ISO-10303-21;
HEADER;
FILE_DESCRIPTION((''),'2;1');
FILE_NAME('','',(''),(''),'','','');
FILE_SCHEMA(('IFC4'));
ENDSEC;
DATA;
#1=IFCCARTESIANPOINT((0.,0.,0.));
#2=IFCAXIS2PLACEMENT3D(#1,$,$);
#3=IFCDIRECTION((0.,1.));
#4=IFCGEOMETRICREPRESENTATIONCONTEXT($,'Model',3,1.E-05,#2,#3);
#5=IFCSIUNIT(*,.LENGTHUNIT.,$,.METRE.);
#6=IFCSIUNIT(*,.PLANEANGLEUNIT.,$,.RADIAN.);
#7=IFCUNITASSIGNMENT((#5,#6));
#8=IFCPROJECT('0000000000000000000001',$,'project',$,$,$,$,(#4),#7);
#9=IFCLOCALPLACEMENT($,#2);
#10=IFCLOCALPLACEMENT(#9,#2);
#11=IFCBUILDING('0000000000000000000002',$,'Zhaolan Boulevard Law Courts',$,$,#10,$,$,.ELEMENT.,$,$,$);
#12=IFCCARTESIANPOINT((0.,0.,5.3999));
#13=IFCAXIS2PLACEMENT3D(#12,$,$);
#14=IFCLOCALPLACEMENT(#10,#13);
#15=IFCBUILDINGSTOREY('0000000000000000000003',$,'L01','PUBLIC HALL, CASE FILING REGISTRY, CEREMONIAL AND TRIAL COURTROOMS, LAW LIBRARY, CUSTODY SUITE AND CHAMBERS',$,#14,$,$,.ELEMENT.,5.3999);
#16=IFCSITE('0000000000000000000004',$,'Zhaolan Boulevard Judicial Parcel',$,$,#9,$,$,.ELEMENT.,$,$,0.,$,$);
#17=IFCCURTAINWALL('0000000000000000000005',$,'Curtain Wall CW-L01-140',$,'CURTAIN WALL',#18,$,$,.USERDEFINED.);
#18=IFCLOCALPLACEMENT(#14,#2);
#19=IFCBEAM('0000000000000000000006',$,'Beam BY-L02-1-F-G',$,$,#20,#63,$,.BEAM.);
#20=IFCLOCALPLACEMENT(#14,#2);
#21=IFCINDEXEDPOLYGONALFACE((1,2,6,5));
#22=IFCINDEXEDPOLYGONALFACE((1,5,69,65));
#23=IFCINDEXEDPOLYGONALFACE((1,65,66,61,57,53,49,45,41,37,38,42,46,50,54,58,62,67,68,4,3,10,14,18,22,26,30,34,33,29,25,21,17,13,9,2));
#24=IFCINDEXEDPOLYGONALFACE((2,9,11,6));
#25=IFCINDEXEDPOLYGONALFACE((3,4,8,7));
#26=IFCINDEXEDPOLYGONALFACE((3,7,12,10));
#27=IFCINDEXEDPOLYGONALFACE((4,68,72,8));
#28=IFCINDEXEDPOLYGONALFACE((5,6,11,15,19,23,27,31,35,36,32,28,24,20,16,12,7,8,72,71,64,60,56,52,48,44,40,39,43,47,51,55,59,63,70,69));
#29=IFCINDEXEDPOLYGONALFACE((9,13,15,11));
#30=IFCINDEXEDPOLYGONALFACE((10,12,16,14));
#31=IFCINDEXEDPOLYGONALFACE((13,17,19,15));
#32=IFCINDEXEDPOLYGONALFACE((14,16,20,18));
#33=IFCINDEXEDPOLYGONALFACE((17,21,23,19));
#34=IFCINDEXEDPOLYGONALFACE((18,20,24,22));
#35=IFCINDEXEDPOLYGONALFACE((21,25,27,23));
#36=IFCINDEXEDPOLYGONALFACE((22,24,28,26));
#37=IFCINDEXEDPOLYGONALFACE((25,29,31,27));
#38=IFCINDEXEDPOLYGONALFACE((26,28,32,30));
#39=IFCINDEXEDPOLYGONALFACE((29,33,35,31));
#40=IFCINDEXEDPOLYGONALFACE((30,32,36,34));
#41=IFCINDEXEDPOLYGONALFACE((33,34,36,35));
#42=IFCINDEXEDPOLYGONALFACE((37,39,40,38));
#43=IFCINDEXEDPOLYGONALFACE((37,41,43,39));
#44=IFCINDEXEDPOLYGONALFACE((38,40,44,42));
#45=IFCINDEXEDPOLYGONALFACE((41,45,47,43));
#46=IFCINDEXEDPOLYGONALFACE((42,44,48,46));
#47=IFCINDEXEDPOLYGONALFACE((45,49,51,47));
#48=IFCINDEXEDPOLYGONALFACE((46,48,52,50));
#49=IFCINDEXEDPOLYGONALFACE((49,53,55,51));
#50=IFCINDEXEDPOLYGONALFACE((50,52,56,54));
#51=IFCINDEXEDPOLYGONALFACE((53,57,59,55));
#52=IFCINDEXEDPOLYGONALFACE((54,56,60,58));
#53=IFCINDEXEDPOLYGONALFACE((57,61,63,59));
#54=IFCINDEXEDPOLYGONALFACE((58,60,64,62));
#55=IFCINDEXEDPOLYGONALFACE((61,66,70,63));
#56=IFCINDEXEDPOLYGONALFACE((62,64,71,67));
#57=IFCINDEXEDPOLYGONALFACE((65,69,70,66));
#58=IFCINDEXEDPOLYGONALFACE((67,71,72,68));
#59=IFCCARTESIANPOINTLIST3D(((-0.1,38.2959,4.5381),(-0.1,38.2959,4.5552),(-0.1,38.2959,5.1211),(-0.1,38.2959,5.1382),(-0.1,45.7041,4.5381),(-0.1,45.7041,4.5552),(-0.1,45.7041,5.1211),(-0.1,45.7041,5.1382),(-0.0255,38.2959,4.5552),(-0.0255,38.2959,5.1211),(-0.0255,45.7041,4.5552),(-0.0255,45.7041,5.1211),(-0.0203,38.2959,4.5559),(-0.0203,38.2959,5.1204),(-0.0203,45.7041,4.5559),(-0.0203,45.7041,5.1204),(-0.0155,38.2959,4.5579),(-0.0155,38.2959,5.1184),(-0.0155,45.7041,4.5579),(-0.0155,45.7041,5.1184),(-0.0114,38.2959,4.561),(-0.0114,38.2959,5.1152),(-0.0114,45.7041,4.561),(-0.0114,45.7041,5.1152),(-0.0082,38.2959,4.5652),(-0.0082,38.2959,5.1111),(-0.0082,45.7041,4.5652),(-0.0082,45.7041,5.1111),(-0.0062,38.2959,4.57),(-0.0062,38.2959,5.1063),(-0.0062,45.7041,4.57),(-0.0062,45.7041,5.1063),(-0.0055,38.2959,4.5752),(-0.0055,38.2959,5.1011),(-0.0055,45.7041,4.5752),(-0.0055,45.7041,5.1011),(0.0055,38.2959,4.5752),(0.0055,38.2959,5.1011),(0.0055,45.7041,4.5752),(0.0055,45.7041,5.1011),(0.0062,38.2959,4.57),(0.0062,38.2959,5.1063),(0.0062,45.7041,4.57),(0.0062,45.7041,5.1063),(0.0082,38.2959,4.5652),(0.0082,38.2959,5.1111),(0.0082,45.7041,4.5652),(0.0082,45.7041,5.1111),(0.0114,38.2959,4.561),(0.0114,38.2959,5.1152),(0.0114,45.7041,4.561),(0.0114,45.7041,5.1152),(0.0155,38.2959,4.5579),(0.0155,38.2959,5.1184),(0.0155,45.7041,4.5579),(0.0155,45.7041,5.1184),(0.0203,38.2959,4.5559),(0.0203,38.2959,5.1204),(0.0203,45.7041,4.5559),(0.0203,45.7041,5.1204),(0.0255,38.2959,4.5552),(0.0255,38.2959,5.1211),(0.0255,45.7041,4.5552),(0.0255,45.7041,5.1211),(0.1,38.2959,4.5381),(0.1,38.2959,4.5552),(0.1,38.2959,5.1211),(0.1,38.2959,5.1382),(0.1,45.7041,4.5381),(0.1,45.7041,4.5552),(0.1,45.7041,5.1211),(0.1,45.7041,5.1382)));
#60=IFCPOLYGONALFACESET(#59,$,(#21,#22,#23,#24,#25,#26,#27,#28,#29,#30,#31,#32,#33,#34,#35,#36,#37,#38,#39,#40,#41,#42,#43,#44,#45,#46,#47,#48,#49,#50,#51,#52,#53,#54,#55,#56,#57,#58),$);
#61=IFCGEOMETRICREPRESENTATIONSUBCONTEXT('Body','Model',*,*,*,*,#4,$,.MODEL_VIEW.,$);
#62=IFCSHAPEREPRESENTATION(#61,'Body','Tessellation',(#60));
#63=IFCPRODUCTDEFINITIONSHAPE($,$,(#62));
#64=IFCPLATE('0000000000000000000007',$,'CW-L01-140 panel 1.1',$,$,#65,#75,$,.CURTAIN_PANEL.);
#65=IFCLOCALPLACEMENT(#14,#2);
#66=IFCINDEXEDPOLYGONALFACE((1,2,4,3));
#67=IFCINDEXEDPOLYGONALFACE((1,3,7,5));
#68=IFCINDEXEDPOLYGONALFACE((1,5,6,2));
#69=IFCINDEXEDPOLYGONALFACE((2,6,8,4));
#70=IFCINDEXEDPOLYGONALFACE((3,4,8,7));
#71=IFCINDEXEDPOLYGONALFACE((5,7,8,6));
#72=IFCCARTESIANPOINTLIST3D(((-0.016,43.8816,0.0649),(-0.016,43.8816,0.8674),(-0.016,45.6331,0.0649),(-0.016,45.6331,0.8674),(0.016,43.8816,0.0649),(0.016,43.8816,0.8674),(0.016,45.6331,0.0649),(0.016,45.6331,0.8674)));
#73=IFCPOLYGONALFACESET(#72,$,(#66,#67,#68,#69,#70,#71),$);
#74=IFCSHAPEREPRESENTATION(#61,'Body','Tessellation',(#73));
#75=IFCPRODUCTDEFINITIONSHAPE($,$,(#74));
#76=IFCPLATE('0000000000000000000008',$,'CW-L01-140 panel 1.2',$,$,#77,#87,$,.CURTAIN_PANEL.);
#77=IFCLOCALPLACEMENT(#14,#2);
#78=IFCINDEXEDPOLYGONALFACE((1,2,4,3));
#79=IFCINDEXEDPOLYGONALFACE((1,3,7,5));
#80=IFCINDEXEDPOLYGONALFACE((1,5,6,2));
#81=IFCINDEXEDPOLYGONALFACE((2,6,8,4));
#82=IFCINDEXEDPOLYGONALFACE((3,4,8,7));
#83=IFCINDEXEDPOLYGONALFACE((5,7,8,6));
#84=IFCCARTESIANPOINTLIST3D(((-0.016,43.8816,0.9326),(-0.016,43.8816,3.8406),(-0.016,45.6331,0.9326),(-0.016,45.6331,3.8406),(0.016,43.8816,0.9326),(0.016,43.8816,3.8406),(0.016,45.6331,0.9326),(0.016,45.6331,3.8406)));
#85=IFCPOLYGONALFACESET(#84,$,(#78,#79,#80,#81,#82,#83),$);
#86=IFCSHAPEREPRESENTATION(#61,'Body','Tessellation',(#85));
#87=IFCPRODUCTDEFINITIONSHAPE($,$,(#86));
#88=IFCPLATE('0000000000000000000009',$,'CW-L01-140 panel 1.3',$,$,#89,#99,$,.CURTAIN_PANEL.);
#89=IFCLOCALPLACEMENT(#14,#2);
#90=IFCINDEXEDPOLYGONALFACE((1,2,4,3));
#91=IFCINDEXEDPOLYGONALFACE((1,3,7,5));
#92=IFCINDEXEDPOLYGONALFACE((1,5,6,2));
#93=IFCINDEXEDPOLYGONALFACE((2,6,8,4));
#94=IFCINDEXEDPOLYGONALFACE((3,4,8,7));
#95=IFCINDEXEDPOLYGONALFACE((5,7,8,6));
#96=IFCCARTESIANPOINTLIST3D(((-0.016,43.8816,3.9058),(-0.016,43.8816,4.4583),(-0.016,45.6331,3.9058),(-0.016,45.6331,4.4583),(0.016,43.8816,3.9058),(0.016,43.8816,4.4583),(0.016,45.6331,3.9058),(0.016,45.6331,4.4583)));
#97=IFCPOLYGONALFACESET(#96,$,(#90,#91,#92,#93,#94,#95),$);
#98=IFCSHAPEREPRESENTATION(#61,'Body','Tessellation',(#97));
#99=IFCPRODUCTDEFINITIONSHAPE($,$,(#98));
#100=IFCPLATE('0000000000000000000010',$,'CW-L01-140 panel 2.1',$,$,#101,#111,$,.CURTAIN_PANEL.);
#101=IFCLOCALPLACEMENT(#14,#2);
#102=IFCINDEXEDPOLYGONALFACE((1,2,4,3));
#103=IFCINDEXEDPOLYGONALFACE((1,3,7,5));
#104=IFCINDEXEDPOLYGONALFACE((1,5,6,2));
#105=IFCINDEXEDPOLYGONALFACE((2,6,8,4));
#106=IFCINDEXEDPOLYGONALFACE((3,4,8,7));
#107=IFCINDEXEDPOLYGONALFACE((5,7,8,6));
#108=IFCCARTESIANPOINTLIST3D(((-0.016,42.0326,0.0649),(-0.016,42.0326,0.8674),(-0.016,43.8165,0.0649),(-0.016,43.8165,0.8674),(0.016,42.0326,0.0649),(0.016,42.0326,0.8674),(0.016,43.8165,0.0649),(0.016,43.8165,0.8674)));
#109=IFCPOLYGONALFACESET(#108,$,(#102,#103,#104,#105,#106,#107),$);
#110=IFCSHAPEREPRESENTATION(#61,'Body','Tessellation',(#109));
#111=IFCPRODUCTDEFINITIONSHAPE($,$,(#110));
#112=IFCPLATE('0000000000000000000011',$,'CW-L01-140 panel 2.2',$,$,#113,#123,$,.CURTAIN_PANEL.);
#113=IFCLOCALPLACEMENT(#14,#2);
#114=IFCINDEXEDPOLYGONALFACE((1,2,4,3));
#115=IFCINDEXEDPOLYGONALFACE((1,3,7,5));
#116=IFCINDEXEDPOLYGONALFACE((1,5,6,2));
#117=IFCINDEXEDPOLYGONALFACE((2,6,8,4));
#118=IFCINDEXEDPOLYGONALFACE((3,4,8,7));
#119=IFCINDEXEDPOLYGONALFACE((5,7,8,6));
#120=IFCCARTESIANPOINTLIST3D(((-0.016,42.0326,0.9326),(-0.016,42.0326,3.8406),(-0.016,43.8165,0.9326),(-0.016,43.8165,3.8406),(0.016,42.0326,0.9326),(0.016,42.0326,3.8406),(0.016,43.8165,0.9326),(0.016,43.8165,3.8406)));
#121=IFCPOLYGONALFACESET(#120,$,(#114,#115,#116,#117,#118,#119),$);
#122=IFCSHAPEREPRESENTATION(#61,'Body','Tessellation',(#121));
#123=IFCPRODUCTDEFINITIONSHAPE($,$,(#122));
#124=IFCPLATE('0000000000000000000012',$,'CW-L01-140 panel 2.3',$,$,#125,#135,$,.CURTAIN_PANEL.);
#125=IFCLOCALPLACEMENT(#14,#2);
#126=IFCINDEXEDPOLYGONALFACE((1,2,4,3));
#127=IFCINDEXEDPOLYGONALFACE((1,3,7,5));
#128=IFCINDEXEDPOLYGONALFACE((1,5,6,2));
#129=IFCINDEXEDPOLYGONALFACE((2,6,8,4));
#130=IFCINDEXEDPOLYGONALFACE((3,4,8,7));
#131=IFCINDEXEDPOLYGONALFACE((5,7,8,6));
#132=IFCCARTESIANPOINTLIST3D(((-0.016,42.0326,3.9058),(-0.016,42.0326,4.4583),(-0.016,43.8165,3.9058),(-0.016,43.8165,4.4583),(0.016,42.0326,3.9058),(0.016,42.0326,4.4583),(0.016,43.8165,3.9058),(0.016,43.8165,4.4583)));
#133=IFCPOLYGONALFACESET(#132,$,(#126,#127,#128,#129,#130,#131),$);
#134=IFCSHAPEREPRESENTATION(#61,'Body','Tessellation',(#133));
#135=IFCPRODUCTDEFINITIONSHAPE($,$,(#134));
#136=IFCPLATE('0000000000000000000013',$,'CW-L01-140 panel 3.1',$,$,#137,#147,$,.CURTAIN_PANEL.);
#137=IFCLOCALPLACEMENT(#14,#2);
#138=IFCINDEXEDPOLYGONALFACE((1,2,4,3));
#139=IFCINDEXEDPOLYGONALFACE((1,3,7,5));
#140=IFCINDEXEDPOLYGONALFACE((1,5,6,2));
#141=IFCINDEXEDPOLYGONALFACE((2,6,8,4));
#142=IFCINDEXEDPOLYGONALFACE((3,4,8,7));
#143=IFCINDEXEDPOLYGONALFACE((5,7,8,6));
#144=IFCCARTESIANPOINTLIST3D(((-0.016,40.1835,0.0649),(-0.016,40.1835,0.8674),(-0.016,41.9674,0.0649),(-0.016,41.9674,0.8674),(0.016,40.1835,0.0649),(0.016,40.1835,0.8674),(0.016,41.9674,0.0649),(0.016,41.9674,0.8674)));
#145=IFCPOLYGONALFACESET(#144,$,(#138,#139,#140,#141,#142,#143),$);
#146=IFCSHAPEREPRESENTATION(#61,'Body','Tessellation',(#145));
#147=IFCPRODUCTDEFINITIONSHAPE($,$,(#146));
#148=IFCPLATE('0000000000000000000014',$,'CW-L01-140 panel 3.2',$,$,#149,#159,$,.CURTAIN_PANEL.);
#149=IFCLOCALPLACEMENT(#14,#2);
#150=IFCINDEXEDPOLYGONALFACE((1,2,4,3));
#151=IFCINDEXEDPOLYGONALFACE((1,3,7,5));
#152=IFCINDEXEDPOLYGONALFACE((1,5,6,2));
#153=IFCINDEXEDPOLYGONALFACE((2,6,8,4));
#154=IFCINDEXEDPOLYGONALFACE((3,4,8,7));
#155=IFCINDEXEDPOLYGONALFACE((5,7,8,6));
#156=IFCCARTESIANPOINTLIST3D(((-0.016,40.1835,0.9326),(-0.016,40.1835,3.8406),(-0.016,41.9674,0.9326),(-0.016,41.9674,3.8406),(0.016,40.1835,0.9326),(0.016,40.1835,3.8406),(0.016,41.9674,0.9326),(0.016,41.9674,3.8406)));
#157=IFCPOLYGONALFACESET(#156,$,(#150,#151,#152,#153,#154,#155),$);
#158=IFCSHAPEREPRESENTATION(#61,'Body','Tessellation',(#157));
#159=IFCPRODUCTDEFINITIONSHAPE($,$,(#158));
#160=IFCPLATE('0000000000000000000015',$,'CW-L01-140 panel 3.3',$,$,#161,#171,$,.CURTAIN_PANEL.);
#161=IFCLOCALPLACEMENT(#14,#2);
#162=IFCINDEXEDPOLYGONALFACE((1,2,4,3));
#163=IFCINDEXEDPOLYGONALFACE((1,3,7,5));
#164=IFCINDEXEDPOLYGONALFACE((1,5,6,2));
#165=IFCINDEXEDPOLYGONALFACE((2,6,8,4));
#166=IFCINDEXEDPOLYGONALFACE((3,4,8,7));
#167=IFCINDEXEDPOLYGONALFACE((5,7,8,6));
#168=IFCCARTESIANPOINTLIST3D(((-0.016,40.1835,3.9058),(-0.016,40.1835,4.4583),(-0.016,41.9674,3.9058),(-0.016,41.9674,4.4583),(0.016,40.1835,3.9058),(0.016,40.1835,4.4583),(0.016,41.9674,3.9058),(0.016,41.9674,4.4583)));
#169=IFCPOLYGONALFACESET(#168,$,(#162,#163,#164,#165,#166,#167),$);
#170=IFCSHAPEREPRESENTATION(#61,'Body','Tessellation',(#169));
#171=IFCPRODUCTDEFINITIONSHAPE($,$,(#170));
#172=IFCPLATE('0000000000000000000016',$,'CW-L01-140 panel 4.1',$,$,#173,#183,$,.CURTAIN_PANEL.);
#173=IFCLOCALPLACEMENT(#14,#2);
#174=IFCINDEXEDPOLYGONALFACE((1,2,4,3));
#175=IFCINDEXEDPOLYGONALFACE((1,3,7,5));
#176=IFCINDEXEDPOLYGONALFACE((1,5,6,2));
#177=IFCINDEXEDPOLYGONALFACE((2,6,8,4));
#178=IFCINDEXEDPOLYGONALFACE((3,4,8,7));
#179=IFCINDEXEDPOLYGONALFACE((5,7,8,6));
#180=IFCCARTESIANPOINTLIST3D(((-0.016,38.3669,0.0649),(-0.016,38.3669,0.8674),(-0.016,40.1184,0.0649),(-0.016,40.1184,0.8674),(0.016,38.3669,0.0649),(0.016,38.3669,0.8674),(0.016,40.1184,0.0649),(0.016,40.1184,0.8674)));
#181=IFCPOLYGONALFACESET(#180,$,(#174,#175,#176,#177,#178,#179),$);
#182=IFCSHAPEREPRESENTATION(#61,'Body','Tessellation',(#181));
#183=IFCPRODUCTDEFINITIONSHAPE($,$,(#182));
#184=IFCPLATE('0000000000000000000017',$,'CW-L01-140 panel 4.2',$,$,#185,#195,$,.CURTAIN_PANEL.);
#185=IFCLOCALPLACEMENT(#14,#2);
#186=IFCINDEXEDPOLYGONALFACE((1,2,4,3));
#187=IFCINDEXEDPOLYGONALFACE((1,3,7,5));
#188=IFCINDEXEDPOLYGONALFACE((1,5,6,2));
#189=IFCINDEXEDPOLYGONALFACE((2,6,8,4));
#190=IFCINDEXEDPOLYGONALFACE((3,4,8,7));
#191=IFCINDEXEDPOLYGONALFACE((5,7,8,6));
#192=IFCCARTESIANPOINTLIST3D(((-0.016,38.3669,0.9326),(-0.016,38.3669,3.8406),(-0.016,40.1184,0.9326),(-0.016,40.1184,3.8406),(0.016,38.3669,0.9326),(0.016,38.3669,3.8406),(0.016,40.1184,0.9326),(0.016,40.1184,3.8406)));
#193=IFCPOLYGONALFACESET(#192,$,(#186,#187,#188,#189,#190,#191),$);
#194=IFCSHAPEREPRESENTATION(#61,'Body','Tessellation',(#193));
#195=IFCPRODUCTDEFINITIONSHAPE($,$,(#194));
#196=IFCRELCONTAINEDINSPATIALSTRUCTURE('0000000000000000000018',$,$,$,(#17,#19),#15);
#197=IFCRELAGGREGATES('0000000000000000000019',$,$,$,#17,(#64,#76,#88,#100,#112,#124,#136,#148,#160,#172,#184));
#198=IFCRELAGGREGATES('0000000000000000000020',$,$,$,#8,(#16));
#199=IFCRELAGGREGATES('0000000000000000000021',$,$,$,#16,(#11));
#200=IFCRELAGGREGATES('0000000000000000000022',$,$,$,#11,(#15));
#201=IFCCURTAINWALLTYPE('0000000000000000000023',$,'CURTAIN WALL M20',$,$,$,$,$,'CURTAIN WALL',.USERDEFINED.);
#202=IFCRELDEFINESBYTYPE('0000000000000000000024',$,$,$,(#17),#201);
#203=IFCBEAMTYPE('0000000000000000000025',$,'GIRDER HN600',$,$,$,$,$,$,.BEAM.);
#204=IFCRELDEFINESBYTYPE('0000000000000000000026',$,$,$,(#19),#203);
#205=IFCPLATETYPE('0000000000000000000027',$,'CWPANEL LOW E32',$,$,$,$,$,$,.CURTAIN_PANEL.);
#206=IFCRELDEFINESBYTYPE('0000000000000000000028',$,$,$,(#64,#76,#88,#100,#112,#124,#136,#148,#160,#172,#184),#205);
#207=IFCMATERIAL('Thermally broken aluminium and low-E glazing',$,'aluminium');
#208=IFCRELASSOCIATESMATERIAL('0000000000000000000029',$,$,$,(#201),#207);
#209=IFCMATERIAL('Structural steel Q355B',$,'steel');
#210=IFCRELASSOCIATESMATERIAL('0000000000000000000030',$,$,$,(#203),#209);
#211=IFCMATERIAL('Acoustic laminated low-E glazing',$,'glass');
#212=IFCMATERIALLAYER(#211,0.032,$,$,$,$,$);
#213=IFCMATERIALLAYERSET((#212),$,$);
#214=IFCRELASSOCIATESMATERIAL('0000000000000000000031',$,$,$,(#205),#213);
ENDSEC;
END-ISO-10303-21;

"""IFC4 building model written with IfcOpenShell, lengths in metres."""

from ifc_helpers import new_model, si_unit, direction, frame, origin, origin_2d, place, context, subcontext, project, spatial, rectangle, i_section, extrude, material, layer, layer_set, material_profile, profile_set, type_object, element, aggregate, save


model = new_model("IFC4")

# Units and contexts
model_context = context("Model", 3, precision=1e-05, world=origin(), true_north=direction((0.0, 1.0)))
body_context = subcontext(model_context, "Body", "Model", "MODEL_VIEW")
ifc_project = project(units=[si_unit("LENGTHUNIT", "METRE"), si_unit("PLANEANGLEUNIT", "RADIAN")], contexts=[model_context])

# Site, building, storey
site_placement = place(None, origin())
site = spatial("IfcSite", under=ifc_project, at=site_placement, Name="Zhaolan Boulevard Judicial Parcel", CompositionType="ELEMENT", RefElevation=0.0)
building_placement = place(site_placement, origin())
building = spatial("IfcBuilding", under=site, at=building_placement, Name="Zhaolan Boulevard Law Courts", CompositionType="ELEMENT")
storey_placement = place(building_placement, frame((0.0, 0.0, 5.3999)))
storey = spatial("IfcBuildingStorey", under=building, at=storey_placement, Name="L01", Description="PUBLIC HALL, CASE FILING REGISTRY, CEREMONIAL AND TRIAL COURTROOMS, LAW LIBRARY, CUSTODY SUITE AND CHAMBERS", CompositionType="ELEMENT", Elevation=5.3999)

# Curtain wall
ifc_material_1 = material(Name="Thermally broken aluminium and low-E glazing", Category="aluminium")
curtain_wall_type_1 = type_object("IfcCurtainWallType", Name="CURTAIN WALL M20", ElementType="CURTAIN WALL", PredefinedType="USERDEFINED", material=ifc_material_1)
curtain_wall_1_placement = place(storey_placement, origin())
curtain_wall_1 = element("IfcCurtainWall", 1, at=curtain_wall_1_placement, inside=storey, type_object=curtain_wall_type_1, Name="Curtain Wall CW-L01-140", ObjectType="CURTAIN WALL", PredefinedType="USERDEFINED")

# Beam
ifc_material_2 = material(Name="Structural steel Q355B", Category="steel")
ifc_material_profile_1 = material_profile(ifc_material_2, i_section(OverallWidth=0.2, OverallDepth=0.6001, WebThickness=0.011, FlangeThickness=0.0171, FilletRadius=0.02, at=origin_2d()), Name="HN600x200")
ifc_profile_set_1 = profile_set([ifc_material_profile_1], Name="Structural steel Q355B")
beam_type = type_object("IfcBeamType", Name="GIRDER HN600", PredefinedType="BEAM", material=ifc_profile_set_1)
beam_placement = place(storey_placement, frame((0.0, 38.2959, 4.8381), z_axis=(0.0, 1.0, 0.0), x_axis=(-1.0, 0.0, 0.0)))
element("IfcBeam", 2, at=beam_placement, inside=storey, type_object=beam_type, Name="Beam BY-L02-1-F-G", PredefinedType="BEAM", context=body_context, shape_type="SweptSolid", body=[
    extrude(i_section(OverallWidth=0.2, OverallDepth=0.6001, WebThickness=0.011, FlangeThickness=0.0171, FilletRadius=0.02, at=origin_2d()), origin(), (0.0, 0.0, 1.0), 7.4082),
])

# Plates
ifc_material_3 = material(Name="Acoustic laminated low-E glazing", Category="glass")
ifc_layer_1 = layer(ifc_material_3, 0.032)
ifc_layer_set_1 = layer_set([ifc_layer_1])
plate_type_1 = type_object("IfcPlateType", Name="CWPANEL LOW E32", PredefinedType="CURTAIN_PANEL", material=ifc_layer_set_1)
plate_1_placement = place(storey_placement, frame((0.0, 44.7573, 0.0649), z_axis=(0.0, 0.0, 1.0), x_axis=(0.0, -1.0, 0.0)))
plate_1 = element("IfcPlate", 3, at=plate_1_placement, type_object=plate_type_1, Name="CW-L01-140 panel 1.1", PredefinedType="CURTAIN_PANEL", context=body_context, shape_type="SweptSolid", body=[
    extrude(rectangle(XDim=1.7515, YDim=0.032, at=origin_2d()), origin(), (0.0, 0.0, 1.0), 0.8025),
])
plate_2_placement = place(storey_placement, frame((0.0, 44.7573, 0.9326), z_axis=(0.0, 0.0, 1.0), x_axis=(0.0, -1.0, 0.0)))
plate_2 = element("IfcPlate", 4, at=plate_2_placement, type_object=plate_type_1, Name="CW-L01-140 panel 1.2", PredefinedType="CURTAIN_PANEL", context=body_context, shape_type="SweptSolid", body=[
    extrude(rectangle(XDim=1.7515, YDim=0.032, at=origin_2d()), origin(), (0.0, 0.0, 1.0), 2.908),
])
plate_3_placement = place(storey_placement, frame((0.0, 44.7573, 3.9058), z_axis=(0.0, 0.0, 1.0), x_axis=(0.0, -1.0, 0.0)))
plate_3 = element("IfcPlate", 5, at=plate_3_placement, type_object=plate_type_1, Name="CW-L01-140 panel 1.3", PredefinedType="CURTAIN_PANEL", context=body_context, shape_type="SweptSolid", body=[
    extrude(rectangle(XDim=1.7515, YDim=0.032, at=origin_2d()), origin(), (0.0, 0.0, 1.0), 0.5525),
])
plate_4_placement = place(storey_placement, frame((0.0, 42.9246, 0.0649), z_axis=(0.0, 0.0, 1.0), x_axis=(0.0, -1.0, 0.0)))
plate_4 = element("IfcPlate", 6, at=plate_4_placement, type_object=plate_type_1, Name="CW-L01-140 panel 2.1", PredefinedType="CURTAIN_PANEL", context=body_context, shape_type="SweptSolid", body=[
    extrude(rectangle(XDim=1.7839, YDim=0.032, at=origin_2d()), origin(), (0.0, 0.0, 1.0), 0.8025),
])
plate_5_placement = place(storey_placement, frame((0.0, 42.9246, 0.9326), z_axis=(0.0, 0.0, 1.0), x_axis=(0.0, -1.0, 0.0)))
plate_5 = element("IfcPlate", 7, at=plate_5_placement, type_object=plate_type_1, Name="CW-L01-140 panel 2.2", PredefinedType="CURTAIN_PANEL", context=body_context, shape_type="SweptSolid", body=[
    extrude(rectangle(XDim=1.7839, YDim=0.032, at=origin_2d()), origin(), (0.0, 0.0, 1.0), 2.908),
])
plate_6_placement = place(storey_placement, frame((0.0, 42.9246, 3.9058), z_axis=(0.0, 0.0, 1.0), x_axis=(0.0, -1.0, 0.0)))
plate_6 = element("IfcPlate", 8, at=plate_6_placement, type_object=plate_type_1, Name="CW-L01-140 panel 2.3", PredefinedType="CURTAIN_PANEL", context=body_context, shape_type="SweptSolid", body=[
    extrude(rectangle(XDim=1.7839, YDim=0.032, at=origin_2d()), origin(), (0.0, 0.0, 1.0), 0.5525),
])
plate_7_placement = place(storey_placement, frame((0.0, 41.0754, 0.0649), z_axis=(0.0, 0.0, 1.0), x_axis=(0.0, -1.0, 0.0)))
plate_7 = element("IfcPlate", 9, at=plate_7_placement, type_object=plate_type_1, Name="CW-L01-140 panel 3.1", PredefinedType="CURTAIN_PANEL", context=body_context, shape_type="SweptSolid", body=[
    extrude(rectangle(XDim=1.7839, YDim=0.032, at=origin_2d()), origin(), (0.0, 0.0, 1.0), 0.8025),
])
plate_8_placement = place(storey_placement, frame((0.0, 41.0754, 0.9326), z_axis=(0.0, 0.0, 1.0), x_axis=(0.0, -1.0, 0.0)))
plate_8 = element("IfcPlate", 10, at=plate_8_placement, type_object=plate_type_1, Name="CW-L01-140 panel 3.2", PredefinedType="CURTAIN_PANEL", context=body_context, shape_type="SweptSolid", body=[
    extrude(rectangle(XDim=1.7839, YDim=0.032, at=origin_2d()), origin(), (0.0, 0.0, 1.0), 2.908),
])
plate_9_placement = place(storey_placement, frame((0.0, 41.0754, 3.9058), z_axis=(0.0, 0.0, 1.0), x_axis=(0.0, -1.0, 0.0)))
plate_9 = element("IfcPlate", 11, at=plate_9_placement, type_object=plate_type_1, Name="CW-L01-140 panel 3.3", PredefinedType="CURTAIN_PANEL", context=body_context, shape_type="SweptSolid", body=[
    extrude(rectangle(XDim=1.7839, YDim=0.032, at=origin_2d()), origin(), (0.0, 0.0, 1.0), 0.5525),
])
plate_10_placement = place(storey_placement, frame((0.0, 39.2427, 0.0649), z_axis=(0.0, 0.0, 1.0), x_axis=(0.0, -1.0, 0.0)))
plate_10 = element("IfcPlate", 12, at=plate_10_placement, type_object=plate_type_1, Name="CW-L01-140 panel 4.1", PredefinedType="CURTAIN_PANEL", context=body_context, shape_type="SweptSolid", body=[
    extrude(rectangle(XDim=1.7515, YDim=0.032, at=origin_2d()), origin(), (0.0, 0.0, 1.0), 0.8025),
])
plate_11_placement = place(storey_placement, frame((0.0, 39.2427, 0.9326), z_axis=(0.0, 0.0, 1.0), x_axis=(0.0, -1.0, 0.0)))
plate_11 = element("IfcPlate", 13, at=plate_11_placement, type_object=plate_type_1, Name="CW-L01-140 panel 4.2", PredefinedType="CURTAIN_PANEL", context=body_context, shape_type="SweptSolid", body=[
    extrude(rectangle(XDim=1.7515, YDim=0.032, at=origin_2d()), origin(), (0.0, 0.0, 1.0), 2.908),
])
aggregate(curtain_wall_1, [plate_1, plate_2, plate_3, plate_4, plate_5, plate_6, plate_7, plate_8, plate_9, plate_10, plate_11])

save(model, "model.ifc")
